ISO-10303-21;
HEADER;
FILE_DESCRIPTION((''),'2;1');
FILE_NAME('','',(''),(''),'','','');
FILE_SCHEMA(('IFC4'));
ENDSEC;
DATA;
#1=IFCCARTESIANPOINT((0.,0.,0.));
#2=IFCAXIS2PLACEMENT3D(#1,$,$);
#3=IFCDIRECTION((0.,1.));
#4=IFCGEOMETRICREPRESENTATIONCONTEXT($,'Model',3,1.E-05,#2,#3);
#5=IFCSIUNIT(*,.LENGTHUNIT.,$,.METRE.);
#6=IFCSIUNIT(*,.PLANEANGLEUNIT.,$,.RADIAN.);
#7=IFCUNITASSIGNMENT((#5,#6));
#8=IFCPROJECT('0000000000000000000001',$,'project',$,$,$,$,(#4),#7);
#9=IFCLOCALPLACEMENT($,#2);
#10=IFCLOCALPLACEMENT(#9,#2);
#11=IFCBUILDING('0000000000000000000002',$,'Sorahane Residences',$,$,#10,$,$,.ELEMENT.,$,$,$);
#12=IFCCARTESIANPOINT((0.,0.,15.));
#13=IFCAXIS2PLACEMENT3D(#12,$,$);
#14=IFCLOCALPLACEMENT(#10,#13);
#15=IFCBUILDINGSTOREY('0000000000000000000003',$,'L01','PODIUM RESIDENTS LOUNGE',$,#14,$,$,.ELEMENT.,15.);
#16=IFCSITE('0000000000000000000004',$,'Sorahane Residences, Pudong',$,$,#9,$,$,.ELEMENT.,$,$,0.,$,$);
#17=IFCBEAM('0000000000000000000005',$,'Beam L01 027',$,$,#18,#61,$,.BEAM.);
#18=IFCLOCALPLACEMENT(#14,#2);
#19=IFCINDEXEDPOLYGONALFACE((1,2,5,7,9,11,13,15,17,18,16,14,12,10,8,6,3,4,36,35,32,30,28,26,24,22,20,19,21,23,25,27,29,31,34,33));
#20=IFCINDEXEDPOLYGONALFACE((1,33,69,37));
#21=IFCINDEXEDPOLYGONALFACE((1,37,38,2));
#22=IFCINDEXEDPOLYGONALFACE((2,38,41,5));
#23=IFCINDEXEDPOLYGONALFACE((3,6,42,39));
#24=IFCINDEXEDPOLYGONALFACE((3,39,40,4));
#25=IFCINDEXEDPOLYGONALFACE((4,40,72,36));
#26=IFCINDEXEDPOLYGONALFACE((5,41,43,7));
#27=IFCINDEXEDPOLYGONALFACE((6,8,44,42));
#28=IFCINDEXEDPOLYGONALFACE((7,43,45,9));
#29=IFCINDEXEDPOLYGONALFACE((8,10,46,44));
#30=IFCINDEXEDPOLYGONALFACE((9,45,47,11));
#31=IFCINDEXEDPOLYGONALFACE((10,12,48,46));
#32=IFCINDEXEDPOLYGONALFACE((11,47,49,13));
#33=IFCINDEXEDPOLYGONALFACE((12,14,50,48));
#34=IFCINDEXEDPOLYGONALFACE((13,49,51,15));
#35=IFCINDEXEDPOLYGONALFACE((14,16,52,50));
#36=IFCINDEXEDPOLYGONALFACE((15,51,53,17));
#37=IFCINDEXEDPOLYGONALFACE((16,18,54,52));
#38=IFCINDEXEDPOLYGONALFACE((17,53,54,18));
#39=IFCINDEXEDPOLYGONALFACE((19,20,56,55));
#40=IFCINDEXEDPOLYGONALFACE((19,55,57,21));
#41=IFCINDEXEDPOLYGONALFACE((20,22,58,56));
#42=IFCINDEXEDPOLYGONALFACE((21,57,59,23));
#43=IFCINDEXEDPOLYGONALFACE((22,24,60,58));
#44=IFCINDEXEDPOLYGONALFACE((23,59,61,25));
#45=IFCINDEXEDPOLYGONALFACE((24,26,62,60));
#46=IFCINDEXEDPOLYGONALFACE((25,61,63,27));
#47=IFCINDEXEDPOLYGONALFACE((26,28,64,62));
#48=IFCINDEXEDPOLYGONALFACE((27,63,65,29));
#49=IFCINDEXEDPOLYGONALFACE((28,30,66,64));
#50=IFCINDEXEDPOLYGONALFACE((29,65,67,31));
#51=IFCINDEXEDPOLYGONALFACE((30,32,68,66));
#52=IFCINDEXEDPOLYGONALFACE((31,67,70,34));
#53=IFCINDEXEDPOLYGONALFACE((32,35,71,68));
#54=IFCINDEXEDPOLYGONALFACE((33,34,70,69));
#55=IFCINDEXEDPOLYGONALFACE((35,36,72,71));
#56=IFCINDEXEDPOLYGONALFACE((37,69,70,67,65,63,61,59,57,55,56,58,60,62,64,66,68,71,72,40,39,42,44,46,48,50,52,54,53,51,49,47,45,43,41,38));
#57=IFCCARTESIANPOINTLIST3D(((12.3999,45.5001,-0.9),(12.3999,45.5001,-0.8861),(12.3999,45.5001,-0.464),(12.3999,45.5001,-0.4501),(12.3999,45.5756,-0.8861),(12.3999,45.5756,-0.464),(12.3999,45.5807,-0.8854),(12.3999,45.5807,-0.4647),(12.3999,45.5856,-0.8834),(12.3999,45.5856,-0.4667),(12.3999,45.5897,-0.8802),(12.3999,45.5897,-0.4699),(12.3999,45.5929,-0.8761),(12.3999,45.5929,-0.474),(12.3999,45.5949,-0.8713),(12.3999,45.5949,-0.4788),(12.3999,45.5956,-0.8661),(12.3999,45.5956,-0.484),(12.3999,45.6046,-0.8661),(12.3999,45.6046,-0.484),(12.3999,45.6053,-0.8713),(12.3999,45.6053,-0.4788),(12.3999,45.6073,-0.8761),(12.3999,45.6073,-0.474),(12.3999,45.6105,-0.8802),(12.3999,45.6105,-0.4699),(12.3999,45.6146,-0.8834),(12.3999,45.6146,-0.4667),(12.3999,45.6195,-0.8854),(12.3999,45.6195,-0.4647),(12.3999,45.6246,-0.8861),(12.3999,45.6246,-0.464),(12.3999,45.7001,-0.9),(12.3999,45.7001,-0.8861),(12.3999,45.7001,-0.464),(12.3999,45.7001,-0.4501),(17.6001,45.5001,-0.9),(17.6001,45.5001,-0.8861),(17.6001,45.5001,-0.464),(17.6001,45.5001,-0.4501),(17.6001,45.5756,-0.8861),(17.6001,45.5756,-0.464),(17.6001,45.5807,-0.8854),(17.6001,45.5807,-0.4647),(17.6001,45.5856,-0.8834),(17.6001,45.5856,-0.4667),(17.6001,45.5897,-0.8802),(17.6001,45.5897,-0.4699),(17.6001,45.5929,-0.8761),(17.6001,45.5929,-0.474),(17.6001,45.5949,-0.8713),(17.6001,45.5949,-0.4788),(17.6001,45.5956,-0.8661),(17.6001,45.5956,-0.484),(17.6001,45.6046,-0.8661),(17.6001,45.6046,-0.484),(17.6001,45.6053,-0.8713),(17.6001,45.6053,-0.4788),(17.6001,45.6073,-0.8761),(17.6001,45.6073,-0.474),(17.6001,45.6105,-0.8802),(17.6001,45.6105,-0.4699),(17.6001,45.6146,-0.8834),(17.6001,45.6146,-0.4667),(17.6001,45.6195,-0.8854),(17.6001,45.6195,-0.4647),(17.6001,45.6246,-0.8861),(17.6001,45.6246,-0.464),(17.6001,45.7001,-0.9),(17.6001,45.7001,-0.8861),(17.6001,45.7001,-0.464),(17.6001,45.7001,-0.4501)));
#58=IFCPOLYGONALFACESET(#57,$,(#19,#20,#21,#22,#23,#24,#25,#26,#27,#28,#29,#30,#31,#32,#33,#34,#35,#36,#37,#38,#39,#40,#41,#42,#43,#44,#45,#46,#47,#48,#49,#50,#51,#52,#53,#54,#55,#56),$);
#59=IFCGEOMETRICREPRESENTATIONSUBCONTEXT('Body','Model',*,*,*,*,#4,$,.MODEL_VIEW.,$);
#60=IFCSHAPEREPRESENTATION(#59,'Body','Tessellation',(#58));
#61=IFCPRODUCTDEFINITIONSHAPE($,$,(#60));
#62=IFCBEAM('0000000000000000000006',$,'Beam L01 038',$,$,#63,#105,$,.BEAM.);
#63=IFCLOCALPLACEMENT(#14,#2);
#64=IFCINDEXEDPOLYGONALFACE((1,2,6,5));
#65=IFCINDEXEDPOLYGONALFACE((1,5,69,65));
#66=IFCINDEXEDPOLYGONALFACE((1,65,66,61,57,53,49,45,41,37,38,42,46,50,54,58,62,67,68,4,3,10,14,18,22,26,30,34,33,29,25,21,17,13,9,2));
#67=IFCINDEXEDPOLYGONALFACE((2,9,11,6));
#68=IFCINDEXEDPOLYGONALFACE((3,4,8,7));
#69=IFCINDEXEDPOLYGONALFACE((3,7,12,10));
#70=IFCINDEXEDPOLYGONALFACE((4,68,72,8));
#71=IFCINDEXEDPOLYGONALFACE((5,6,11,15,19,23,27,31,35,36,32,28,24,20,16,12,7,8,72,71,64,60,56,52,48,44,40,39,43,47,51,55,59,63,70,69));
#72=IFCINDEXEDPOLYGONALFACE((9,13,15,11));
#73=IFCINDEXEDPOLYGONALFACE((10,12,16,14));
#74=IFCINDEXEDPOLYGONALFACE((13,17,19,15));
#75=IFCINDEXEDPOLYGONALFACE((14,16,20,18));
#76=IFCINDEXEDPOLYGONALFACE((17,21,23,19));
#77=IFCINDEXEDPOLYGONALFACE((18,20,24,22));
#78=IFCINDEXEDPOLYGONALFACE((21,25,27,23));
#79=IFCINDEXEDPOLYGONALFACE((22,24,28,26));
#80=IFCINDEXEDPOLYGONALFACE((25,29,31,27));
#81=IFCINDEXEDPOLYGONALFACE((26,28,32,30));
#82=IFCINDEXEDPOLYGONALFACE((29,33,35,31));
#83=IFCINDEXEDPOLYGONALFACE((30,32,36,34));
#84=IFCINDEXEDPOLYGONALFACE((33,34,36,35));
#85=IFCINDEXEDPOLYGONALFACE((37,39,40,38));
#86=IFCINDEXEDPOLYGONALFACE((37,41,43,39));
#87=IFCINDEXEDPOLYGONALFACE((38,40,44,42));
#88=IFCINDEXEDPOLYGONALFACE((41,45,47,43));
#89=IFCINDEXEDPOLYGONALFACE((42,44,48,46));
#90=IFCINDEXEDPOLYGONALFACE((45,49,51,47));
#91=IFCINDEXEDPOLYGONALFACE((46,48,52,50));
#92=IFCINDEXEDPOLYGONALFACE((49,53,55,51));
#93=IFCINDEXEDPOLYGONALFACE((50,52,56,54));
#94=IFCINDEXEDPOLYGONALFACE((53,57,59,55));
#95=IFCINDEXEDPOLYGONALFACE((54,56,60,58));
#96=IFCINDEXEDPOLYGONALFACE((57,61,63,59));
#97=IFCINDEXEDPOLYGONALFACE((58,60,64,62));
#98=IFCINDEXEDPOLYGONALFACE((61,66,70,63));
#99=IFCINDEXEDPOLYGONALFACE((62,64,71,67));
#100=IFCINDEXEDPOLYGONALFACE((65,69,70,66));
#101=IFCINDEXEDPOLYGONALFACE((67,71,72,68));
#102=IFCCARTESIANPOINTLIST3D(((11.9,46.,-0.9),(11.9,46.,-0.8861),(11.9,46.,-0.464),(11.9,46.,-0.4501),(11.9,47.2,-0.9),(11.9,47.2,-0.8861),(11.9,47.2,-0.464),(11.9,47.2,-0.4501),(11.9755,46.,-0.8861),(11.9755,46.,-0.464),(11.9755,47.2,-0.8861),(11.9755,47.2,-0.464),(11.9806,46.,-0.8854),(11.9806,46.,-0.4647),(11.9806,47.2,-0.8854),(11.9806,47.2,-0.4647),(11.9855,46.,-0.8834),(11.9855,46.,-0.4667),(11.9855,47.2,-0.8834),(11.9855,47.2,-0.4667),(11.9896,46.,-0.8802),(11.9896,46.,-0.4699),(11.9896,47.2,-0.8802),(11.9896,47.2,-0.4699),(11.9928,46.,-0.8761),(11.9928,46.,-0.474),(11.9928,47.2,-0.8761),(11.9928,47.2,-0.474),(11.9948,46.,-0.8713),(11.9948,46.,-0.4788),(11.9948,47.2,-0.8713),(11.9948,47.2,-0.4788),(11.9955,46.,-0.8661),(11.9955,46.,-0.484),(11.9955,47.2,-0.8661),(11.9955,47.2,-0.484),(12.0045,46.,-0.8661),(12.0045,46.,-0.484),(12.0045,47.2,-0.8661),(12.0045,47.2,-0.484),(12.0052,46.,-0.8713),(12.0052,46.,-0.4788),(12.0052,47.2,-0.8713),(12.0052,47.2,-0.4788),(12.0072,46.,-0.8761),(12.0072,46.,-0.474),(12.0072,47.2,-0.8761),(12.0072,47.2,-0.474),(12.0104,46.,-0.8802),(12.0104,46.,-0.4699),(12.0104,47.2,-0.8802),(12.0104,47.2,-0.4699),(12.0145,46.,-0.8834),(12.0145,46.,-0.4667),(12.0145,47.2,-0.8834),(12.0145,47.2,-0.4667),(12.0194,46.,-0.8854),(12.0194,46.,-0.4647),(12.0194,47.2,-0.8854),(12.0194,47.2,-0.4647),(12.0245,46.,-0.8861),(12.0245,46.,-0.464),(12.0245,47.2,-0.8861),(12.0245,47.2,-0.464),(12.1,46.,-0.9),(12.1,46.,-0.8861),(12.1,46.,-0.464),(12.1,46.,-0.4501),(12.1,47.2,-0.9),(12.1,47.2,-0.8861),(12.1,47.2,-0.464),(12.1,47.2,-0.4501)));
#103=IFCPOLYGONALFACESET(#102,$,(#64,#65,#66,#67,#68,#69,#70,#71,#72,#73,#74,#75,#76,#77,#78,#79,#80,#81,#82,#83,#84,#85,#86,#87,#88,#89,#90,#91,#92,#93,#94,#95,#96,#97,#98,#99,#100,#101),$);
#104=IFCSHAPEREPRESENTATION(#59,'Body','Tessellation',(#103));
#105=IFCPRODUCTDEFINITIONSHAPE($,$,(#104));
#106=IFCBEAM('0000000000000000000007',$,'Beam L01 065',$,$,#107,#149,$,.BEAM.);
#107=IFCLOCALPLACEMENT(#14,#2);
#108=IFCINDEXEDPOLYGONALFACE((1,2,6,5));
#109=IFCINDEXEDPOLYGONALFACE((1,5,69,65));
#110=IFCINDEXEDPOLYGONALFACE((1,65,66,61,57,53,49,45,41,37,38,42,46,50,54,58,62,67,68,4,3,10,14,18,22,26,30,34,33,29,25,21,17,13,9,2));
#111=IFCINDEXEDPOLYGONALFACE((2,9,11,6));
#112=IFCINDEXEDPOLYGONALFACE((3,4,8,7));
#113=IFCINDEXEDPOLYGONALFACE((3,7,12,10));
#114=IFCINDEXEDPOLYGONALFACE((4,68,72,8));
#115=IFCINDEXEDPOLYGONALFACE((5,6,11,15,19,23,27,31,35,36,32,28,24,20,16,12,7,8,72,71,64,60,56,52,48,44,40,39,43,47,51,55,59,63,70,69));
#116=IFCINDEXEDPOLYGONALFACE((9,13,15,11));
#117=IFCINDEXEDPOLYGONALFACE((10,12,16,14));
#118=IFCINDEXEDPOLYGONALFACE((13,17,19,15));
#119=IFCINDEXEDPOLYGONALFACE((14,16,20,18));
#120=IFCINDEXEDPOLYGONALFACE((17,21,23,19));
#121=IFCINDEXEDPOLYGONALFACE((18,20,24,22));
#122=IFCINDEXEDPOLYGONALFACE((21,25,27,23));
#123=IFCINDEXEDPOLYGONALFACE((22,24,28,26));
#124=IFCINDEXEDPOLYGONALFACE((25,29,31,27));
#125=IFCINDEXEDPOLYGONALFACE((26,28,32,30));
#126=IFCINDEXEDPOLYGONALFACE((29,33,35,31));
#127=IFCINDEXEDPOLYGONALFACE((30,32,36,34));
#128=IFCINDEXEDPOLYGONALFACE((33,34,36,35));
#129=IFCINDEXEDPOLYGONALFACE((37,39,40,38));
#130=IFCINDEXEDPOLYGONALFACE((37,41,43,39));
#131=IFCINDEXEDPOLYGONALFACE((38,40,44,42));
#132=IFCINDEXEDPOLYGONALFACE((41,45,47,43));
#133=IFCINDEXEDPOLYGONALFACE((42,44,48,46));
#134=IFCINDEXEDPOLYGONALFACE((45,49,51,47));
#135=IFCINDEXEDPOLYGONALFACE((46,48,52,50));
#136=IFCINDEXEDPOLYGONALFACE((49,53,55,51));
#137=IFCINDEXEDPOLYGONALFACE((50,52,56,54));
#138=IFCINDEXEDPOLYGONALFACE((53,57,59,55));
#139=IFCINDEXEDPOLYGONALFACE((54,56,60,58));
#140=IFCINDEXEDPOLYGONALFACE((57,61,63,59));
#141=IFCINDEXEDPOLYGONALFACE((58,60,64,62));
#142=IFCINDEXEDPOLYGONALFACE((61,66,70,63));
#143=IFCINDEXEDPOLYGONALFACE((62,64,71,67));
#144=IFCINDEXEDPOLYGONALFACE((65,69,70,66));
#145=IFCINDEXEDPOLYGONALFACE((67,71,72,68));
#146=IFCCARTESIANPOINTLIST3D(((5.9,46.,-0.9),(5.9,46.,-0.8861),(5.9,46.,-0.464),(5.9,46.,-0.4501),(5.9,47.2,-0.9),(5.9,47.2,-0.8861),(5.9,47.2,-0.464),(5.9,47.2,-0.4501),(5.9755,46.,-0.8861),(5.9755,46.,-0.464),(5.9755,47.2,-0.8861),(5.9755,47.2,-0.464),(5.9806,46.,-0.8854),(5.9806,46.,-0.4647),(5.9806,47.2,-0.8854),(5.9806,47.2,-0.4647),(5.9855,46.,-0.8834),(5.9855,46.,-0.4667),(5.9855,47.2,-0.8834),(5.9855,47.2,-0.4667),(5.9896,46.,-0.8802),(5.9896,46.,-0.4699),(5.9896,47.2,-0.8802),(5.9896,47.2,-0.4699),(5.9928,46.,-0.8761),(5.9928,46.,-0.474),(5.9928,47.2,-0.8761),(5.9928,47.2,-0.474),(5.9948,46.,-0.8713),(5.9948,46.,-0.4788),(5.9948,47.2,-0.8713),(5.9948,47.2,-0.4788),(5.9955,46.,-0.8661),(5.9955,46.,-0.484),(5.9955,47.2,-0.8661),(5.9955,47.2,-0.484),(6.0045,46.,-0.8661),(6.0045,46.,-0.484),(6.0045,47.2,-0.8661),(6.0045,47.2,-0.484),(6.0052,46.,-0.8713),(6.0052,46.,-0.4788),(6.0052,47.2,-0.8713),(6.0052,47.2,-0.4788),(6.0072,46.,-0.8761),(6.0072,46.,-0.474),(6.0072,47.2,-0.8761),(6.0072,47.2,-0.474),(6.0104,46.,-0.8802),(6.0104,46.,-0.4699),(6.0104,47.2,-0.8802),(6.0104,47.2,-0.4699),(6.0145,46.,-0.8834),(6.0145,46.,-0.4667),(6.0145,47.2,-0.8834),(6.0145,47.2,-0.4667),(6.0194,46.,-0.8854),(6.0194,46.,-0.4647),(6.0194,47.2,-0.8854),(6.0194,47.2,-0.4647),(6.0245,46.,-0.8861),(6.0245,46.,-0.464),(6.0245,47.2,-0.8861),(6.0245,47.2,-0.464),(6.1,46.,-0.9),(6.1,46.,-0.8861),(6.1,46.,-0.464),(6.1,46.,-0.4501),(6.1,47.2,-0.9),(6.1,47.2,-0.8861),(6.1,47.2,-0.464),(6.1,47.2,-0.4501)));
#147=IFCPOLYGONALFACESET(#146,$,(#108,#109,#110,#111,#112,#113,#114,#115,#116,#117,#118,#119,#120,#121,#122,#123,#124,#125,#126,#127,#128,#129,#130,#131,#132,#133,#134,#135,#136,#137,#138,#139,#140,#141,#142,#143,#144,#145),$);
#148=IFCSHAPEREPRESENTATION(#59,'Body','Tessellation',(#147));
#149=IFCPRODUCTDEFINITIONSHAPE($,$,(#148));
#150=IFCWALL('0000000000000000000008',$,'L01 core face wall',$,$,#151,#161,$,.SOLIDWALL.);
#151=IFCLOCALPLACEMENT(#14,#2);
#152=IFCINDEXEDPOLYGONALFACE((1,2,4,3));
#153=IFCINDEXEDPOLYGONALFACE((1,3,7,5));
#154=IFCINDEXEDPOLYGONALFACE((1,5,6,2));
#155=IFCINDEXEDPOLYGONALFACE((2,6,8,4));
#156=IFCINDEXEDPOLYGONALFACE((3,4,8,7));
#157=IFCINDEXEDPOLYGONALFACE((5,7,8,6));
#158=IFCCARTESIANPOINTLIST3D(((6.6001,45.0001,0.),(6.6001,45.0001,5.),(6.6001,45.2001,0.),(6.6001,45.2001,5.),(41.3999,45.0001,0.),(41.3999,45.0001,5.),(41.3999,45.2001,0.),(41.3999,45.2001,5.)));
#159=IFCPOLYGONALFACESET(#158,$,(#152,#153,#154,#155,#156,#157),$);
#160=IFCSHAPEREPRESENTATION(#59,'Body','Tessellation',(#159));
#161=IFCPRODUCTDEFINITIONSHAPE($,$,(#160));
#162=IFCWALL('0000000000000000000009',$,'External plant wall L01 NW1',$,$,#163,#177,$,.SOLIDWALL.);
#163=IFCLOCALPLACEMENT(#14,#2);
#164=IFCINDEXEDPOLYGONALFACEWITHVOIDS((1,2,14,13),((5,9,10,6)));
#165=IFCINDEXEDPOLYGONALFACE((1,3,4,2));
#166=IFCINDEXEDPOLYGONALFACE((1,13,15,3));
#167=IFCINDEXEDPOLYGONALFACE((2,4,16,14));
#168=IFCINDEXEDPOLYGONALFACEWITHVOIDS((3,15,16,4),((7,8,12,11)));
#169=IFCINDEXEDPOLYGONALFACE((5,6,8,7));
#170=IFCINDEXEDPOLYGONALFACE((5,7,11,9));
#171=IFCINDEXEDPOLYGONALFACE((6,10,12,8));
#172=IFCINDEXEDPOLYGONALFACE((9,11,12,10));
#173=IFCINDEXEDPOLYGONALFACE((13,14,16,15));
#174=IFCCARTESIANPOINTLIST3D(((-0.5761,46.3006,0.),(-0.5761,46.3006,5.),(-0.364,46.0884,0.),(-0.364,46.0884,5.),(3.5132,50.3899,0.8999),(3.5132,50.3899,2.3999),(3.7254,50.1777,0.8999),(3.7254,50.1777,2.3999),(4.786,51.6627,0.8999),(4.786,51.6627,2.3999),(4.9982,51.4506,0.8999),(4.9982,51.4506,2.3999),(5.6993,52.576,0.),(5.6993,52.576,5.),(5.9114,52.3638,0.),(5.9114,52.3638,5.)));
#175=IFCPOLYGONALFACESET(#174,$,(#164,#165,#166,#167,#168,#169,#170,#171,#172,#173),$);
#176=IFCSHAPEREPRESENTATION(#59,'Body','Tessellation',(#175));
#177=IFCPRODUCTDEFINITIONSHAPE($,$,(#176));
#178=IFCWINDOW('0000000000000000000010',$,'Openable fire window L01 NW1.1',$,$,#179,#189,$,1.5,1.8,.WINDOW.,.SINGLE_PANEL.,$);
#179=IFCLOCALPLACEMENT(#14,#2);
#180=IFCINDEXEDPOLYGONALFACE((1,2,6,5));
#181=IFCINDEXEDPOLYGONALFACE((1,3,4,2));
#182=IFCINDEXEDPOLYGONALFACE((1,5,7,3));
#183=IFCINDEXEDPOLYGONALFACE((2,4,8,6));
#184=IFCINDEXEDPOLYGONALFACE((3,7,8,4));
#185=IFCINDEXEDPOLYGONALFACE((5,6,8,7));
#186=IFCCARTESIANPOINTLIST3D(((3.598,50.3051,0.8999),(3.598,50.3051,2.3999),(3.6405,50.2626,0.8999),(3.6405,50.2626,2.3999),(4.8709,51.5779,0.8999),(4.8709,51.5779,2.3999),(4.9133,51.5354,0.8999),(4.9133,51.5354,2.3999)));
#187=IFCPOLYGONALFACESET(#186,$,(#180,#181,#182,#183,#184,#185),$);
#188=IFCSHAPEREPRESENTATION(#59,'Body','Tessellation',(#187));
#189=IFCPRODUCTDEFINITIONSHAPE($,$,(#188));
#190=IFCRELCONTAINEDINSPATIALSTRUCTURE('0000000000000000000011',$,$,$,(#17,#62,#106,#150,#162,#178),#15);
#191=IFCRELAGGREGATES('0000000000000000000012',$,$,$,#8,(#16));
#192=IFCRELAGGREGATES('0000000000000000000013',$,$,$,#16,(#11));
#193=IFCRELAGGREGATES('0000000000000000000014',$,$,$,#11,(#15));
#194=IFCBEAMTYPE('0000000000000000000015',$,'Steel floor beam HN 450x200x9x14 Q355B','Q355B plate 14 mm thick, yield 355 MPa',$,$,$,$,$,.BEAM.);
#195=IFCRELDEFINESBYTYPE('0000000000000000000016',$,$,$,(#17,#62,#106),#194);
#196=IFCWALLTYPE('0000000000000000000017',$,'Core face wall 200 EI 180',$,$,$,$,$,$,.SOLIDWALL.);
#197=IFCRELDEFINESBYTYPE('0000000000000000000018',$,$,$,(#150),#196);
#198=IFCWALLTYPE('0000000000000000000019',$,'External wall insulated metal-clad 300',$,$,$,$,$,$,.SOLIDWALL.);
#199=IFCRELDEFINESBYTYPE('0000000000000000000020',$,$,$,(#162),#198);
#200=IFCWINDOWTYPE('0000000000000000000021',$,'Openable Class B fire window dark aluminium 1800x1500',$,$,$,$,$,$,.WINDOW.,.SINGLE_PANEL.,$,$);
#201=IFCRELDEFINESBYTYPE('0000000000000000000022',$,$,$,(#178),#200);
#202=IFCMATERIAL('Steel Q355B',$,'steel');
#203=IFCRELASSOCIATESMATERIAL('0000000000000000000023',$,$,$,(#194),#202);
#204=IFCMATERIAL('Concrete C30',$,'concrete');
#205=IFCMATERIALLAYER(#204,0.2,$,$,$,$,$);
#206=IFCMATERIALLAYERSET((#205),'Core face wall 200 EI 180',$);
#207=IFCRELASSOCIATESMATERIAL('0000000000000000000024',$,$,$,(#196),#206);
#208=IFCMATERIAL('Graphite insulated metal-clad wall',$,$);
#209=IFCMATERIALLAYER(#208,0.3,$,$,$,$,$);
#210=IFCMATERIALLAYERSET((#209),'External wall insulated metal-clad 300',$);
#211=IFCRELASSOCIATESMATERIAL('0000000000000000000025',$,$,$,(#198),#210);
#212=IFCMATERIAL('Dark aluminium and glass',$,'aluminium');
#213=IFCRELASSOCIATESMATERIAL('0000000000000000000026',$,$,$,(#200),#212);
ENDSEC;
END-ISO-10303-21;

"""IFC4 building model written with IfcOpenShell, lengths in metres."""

from ifc_helpers import new_model, si_unit, direction, frame, frame_2d, origin, origin_2d, place, context, subcontext, project, spatial, rectangle, i_section, extrude, material, layer, layer_set, material_profile, profile_set, type_object, element, fill, save


model = new_model("IFC4")

# Units and contexts
model_context = context("Model", 3, precision=1e-05, world=origin(), true_north=direction((0.0, 1.0)))
body_context = subcontext(model_context, "Body", "Model", "MODEL_VIEW")
ifc_project = project(units=[si_unit("LENGTHUNIT", "METRE"), si_unit("PLANEANGLEUNIT", "RADIAN")], contexts=[model_context])

# Site, building, storey
site_placement = place(None, origin())
site = spatial("IfcSite", under=ifc_project, at=site_placement, Name="Sorahane Residences, Pudong", CompositionType="ELEMENT", RefElevation=0.0)
building_placement = place(site_placement, origin())
building = spatial("IfcBuilding", under=site, at=building_placement, Name="Sorahane Residences", CompositionType="ELEMENT")
storey_placement = place(building_placement, frame((0.0, 0.0, 15.0)))
storey = spatial("IfcBuildingStorey", under=building, at=storey_placement, Name="L01", Description="PODIUM RESIDENTS LOUNGE", CompositionType="ELEMENT", Elevation=15.0)

# Beams
ifc_material_1 = material(Name="Steel Q355B", Category="steel")
ifc_material_profile_1 = material_profile(ifc_material_1, i_section(OverallWidth=0.2, OverallDepth=0.45, WebThickness=0.009, FlangeThickness=0.0139, FilletRadius=0.02, at=origin_2d()), Name="HN 450x200x9x14")
ifc_profile_set_1 = profile_set([ifc_material_profile_1], Name="Steel Q355B")
beam_type = type_object("IfcBeamType", Name="Steel floor beam HN 450x200x9x14 Q355B", Description="Q355B plate 14 mm thick, yield 355 MPa", PredefinedType="BEAM", material=ifc_profile_set_1)
for number, where, z_axis, x_axis, name in (
    (1, (12.3999, 45.6001, -0.675), (1.0, 0.0, 0.0), (0.0, 1.0, 0.0), "Beam L01 027"),
):
    element("IfcBeam", number, at=place(storey_placement, frame(where, z_axis=z_axis, x_axis=x_axis)), inside=storey, type_object=beam_type, Name=name, PredefinedType="BEAM", context=body_context, shape_type="SweptSolid", body=[
        extrude(i_section(OverallWidth=0.2, OverallDepth=0.45, WebThickness=0.009, FlangeThickness=0.0139, FilletRadius=0.02, at=origin_2d()), origin(), (0.0, 0.0, 1.0), 5.2002),
    ])
for number, where, z_axis, x_axis, name in (
    (2, (12.0, 46.0, -0.675), (0.0, 1.0, 0.0), (-1.0, 0.0, 0.0), "Beam L01 038"),
    (3, (6.0, 46.0, -0.675), (0.0, 1.0, 0.0), (-1.0, 0.0, 0.0), "Beam L01 065"),
):
    element("IfcBeam", number, at=place(storey_placement, frame(where, z_axis=z_axis, x_axis=x_axis)), inside=storey, type_object=beam_type, Name=name, PredefinedType="BEAM", context=body_context, shape_type="SweptSolid", body=[
        extrude(i_section(OverallWidth=0.2, OverallDepth=0.45, WebThickness=0.009, FlangeThickness=0.0139, FilletRadius=0.02, at=origin_2d()), origin(), (0.0, 0.0, 1.0), 1.2),
    ])

# Wall
ifc_material_2 = material(Name="Concrete C30", Category="concrete")
ifc_layer_1 = layer(ifc_material_2, 0.2)
ifc_layer_set_1 = layer_set([ifc_layer_1], Name="Core face wall 200 EI 180")
wall_type_1 = type_object("IfcWallType", Name="Core face wall 200 EI 180", PredefinedType="SOLIDWALL", material=ifc_layer_set_1)
wall_1_placement = place(storey_placement, frame((6.6001, 45.1001, 0.0), z_axis=(0.0, 0.0, 1.0), x_axis=(1.0, 0.0, 0.0)))
element("IfcWall", 4, at=wall_1_placement, inside=storey, type_object=wall_type_1, Name="L01 core face wall", PredefinedType="SOLIDWALL", context=body_context, shape_type="SweptSolid", body=[
    extrude(rectangle(XDim=34.7998, YDim=0.2, at=frame_2d((17.3999, 0.0))), origin(), (0.0, 0.0, 1.0), 5.0),
])

# Wall, opening, window
ifc_material_3 = material(Name="Graphite insulated metal-clad wall")
ifc_layer_2 = layer(ifc_material_3, 0.3)
ifc_layer_set_2 = layer_set([ifc_layer_2], Name="External wall insulated metal-clad 300")
wall_type_2 = type_object("IfcWallType", Name="External wall insulated metal-clad 300", PredefinedType="SOLIDWALL", material=ifc_layer_set_2)
wall_2_placement = place(storey_placement, frame((5.8054, 52.47, 0.0), z_axis=(0.0, 0.0, 1.0), x_axis=(-0.707107, -0.707107, 0.0)))
wall_2 = element("IfcWall", 5, at=wall_2_placement, inside=storey, type_object=wall_type_2, Name="External plant wall L01 NW1", PredefinedType="SOLIDWALL", context=body_context, shape_type="SweptSolid", body=[
    extrude(rectangle(XDim=8.8748, YDim=0.3, at=frame_2d((4.4375, 0.0))), origin(), (0.0, 0.0, 1.0), 5.0),
])
opening_1_placement = place(wall_2_placement, frame((1.2917, 0.0, 0.8999)))
opening_1 = element("IfcOpeningElement", 6, at=opening_1_placement, cuts=wall_2, PredefinedType="OPENING", context=body_context, shape_type="SweptSolid", body=[
    extrude(rectangle(XDim=1.8, YDim=1.5, at=frame_2d((0.8999, 0.75))), frame((0.0, 0.1599, 0.0), z_axis=(0.0, -1.0, 0.0), x_axis=(1.0, 0.0, 0.0)), (0.0, 0.0, 1.0), 0.3201),
])
ifc_material_4 = material(Name="Dark aluminium and glass", Category="aluminium")
window_type = type_object("IfcWindowType", Name="Openable Class B fire window dark aluminium 1800x1500", PartitioningType="SINGLE_PANEL", PredefinedType="WINDOW", material=ifc_material_4)
window_1_placement = place(opening_1_placement, origin())
window_1 = element("IfcWindow", 7, at=window_1_placement, inside=storey, type_object=window_type, Name="Openable fire window L01 NW1.1", OverallHeight=1.5, OverallWidth=1.8, PartitioningType="SINGLE_PANEL", PredefinedType="WINDOW", context=body_context, shape_type="SweptSolid", body=[
    extrude(rectangle(XDim=1.8, YDim=1.5, at=frame_2d((0.8999, 0.75))), frame((0.0, 0.03, 0.0), z_axis=(0.0, -1.0, 0.0), x_axis=(1.0, 0.0, 0.0)), (0.0, 0.0, 1.0), 0.0601),
])
fill(opening_1, window_1)

save(model, "model.ifc")
